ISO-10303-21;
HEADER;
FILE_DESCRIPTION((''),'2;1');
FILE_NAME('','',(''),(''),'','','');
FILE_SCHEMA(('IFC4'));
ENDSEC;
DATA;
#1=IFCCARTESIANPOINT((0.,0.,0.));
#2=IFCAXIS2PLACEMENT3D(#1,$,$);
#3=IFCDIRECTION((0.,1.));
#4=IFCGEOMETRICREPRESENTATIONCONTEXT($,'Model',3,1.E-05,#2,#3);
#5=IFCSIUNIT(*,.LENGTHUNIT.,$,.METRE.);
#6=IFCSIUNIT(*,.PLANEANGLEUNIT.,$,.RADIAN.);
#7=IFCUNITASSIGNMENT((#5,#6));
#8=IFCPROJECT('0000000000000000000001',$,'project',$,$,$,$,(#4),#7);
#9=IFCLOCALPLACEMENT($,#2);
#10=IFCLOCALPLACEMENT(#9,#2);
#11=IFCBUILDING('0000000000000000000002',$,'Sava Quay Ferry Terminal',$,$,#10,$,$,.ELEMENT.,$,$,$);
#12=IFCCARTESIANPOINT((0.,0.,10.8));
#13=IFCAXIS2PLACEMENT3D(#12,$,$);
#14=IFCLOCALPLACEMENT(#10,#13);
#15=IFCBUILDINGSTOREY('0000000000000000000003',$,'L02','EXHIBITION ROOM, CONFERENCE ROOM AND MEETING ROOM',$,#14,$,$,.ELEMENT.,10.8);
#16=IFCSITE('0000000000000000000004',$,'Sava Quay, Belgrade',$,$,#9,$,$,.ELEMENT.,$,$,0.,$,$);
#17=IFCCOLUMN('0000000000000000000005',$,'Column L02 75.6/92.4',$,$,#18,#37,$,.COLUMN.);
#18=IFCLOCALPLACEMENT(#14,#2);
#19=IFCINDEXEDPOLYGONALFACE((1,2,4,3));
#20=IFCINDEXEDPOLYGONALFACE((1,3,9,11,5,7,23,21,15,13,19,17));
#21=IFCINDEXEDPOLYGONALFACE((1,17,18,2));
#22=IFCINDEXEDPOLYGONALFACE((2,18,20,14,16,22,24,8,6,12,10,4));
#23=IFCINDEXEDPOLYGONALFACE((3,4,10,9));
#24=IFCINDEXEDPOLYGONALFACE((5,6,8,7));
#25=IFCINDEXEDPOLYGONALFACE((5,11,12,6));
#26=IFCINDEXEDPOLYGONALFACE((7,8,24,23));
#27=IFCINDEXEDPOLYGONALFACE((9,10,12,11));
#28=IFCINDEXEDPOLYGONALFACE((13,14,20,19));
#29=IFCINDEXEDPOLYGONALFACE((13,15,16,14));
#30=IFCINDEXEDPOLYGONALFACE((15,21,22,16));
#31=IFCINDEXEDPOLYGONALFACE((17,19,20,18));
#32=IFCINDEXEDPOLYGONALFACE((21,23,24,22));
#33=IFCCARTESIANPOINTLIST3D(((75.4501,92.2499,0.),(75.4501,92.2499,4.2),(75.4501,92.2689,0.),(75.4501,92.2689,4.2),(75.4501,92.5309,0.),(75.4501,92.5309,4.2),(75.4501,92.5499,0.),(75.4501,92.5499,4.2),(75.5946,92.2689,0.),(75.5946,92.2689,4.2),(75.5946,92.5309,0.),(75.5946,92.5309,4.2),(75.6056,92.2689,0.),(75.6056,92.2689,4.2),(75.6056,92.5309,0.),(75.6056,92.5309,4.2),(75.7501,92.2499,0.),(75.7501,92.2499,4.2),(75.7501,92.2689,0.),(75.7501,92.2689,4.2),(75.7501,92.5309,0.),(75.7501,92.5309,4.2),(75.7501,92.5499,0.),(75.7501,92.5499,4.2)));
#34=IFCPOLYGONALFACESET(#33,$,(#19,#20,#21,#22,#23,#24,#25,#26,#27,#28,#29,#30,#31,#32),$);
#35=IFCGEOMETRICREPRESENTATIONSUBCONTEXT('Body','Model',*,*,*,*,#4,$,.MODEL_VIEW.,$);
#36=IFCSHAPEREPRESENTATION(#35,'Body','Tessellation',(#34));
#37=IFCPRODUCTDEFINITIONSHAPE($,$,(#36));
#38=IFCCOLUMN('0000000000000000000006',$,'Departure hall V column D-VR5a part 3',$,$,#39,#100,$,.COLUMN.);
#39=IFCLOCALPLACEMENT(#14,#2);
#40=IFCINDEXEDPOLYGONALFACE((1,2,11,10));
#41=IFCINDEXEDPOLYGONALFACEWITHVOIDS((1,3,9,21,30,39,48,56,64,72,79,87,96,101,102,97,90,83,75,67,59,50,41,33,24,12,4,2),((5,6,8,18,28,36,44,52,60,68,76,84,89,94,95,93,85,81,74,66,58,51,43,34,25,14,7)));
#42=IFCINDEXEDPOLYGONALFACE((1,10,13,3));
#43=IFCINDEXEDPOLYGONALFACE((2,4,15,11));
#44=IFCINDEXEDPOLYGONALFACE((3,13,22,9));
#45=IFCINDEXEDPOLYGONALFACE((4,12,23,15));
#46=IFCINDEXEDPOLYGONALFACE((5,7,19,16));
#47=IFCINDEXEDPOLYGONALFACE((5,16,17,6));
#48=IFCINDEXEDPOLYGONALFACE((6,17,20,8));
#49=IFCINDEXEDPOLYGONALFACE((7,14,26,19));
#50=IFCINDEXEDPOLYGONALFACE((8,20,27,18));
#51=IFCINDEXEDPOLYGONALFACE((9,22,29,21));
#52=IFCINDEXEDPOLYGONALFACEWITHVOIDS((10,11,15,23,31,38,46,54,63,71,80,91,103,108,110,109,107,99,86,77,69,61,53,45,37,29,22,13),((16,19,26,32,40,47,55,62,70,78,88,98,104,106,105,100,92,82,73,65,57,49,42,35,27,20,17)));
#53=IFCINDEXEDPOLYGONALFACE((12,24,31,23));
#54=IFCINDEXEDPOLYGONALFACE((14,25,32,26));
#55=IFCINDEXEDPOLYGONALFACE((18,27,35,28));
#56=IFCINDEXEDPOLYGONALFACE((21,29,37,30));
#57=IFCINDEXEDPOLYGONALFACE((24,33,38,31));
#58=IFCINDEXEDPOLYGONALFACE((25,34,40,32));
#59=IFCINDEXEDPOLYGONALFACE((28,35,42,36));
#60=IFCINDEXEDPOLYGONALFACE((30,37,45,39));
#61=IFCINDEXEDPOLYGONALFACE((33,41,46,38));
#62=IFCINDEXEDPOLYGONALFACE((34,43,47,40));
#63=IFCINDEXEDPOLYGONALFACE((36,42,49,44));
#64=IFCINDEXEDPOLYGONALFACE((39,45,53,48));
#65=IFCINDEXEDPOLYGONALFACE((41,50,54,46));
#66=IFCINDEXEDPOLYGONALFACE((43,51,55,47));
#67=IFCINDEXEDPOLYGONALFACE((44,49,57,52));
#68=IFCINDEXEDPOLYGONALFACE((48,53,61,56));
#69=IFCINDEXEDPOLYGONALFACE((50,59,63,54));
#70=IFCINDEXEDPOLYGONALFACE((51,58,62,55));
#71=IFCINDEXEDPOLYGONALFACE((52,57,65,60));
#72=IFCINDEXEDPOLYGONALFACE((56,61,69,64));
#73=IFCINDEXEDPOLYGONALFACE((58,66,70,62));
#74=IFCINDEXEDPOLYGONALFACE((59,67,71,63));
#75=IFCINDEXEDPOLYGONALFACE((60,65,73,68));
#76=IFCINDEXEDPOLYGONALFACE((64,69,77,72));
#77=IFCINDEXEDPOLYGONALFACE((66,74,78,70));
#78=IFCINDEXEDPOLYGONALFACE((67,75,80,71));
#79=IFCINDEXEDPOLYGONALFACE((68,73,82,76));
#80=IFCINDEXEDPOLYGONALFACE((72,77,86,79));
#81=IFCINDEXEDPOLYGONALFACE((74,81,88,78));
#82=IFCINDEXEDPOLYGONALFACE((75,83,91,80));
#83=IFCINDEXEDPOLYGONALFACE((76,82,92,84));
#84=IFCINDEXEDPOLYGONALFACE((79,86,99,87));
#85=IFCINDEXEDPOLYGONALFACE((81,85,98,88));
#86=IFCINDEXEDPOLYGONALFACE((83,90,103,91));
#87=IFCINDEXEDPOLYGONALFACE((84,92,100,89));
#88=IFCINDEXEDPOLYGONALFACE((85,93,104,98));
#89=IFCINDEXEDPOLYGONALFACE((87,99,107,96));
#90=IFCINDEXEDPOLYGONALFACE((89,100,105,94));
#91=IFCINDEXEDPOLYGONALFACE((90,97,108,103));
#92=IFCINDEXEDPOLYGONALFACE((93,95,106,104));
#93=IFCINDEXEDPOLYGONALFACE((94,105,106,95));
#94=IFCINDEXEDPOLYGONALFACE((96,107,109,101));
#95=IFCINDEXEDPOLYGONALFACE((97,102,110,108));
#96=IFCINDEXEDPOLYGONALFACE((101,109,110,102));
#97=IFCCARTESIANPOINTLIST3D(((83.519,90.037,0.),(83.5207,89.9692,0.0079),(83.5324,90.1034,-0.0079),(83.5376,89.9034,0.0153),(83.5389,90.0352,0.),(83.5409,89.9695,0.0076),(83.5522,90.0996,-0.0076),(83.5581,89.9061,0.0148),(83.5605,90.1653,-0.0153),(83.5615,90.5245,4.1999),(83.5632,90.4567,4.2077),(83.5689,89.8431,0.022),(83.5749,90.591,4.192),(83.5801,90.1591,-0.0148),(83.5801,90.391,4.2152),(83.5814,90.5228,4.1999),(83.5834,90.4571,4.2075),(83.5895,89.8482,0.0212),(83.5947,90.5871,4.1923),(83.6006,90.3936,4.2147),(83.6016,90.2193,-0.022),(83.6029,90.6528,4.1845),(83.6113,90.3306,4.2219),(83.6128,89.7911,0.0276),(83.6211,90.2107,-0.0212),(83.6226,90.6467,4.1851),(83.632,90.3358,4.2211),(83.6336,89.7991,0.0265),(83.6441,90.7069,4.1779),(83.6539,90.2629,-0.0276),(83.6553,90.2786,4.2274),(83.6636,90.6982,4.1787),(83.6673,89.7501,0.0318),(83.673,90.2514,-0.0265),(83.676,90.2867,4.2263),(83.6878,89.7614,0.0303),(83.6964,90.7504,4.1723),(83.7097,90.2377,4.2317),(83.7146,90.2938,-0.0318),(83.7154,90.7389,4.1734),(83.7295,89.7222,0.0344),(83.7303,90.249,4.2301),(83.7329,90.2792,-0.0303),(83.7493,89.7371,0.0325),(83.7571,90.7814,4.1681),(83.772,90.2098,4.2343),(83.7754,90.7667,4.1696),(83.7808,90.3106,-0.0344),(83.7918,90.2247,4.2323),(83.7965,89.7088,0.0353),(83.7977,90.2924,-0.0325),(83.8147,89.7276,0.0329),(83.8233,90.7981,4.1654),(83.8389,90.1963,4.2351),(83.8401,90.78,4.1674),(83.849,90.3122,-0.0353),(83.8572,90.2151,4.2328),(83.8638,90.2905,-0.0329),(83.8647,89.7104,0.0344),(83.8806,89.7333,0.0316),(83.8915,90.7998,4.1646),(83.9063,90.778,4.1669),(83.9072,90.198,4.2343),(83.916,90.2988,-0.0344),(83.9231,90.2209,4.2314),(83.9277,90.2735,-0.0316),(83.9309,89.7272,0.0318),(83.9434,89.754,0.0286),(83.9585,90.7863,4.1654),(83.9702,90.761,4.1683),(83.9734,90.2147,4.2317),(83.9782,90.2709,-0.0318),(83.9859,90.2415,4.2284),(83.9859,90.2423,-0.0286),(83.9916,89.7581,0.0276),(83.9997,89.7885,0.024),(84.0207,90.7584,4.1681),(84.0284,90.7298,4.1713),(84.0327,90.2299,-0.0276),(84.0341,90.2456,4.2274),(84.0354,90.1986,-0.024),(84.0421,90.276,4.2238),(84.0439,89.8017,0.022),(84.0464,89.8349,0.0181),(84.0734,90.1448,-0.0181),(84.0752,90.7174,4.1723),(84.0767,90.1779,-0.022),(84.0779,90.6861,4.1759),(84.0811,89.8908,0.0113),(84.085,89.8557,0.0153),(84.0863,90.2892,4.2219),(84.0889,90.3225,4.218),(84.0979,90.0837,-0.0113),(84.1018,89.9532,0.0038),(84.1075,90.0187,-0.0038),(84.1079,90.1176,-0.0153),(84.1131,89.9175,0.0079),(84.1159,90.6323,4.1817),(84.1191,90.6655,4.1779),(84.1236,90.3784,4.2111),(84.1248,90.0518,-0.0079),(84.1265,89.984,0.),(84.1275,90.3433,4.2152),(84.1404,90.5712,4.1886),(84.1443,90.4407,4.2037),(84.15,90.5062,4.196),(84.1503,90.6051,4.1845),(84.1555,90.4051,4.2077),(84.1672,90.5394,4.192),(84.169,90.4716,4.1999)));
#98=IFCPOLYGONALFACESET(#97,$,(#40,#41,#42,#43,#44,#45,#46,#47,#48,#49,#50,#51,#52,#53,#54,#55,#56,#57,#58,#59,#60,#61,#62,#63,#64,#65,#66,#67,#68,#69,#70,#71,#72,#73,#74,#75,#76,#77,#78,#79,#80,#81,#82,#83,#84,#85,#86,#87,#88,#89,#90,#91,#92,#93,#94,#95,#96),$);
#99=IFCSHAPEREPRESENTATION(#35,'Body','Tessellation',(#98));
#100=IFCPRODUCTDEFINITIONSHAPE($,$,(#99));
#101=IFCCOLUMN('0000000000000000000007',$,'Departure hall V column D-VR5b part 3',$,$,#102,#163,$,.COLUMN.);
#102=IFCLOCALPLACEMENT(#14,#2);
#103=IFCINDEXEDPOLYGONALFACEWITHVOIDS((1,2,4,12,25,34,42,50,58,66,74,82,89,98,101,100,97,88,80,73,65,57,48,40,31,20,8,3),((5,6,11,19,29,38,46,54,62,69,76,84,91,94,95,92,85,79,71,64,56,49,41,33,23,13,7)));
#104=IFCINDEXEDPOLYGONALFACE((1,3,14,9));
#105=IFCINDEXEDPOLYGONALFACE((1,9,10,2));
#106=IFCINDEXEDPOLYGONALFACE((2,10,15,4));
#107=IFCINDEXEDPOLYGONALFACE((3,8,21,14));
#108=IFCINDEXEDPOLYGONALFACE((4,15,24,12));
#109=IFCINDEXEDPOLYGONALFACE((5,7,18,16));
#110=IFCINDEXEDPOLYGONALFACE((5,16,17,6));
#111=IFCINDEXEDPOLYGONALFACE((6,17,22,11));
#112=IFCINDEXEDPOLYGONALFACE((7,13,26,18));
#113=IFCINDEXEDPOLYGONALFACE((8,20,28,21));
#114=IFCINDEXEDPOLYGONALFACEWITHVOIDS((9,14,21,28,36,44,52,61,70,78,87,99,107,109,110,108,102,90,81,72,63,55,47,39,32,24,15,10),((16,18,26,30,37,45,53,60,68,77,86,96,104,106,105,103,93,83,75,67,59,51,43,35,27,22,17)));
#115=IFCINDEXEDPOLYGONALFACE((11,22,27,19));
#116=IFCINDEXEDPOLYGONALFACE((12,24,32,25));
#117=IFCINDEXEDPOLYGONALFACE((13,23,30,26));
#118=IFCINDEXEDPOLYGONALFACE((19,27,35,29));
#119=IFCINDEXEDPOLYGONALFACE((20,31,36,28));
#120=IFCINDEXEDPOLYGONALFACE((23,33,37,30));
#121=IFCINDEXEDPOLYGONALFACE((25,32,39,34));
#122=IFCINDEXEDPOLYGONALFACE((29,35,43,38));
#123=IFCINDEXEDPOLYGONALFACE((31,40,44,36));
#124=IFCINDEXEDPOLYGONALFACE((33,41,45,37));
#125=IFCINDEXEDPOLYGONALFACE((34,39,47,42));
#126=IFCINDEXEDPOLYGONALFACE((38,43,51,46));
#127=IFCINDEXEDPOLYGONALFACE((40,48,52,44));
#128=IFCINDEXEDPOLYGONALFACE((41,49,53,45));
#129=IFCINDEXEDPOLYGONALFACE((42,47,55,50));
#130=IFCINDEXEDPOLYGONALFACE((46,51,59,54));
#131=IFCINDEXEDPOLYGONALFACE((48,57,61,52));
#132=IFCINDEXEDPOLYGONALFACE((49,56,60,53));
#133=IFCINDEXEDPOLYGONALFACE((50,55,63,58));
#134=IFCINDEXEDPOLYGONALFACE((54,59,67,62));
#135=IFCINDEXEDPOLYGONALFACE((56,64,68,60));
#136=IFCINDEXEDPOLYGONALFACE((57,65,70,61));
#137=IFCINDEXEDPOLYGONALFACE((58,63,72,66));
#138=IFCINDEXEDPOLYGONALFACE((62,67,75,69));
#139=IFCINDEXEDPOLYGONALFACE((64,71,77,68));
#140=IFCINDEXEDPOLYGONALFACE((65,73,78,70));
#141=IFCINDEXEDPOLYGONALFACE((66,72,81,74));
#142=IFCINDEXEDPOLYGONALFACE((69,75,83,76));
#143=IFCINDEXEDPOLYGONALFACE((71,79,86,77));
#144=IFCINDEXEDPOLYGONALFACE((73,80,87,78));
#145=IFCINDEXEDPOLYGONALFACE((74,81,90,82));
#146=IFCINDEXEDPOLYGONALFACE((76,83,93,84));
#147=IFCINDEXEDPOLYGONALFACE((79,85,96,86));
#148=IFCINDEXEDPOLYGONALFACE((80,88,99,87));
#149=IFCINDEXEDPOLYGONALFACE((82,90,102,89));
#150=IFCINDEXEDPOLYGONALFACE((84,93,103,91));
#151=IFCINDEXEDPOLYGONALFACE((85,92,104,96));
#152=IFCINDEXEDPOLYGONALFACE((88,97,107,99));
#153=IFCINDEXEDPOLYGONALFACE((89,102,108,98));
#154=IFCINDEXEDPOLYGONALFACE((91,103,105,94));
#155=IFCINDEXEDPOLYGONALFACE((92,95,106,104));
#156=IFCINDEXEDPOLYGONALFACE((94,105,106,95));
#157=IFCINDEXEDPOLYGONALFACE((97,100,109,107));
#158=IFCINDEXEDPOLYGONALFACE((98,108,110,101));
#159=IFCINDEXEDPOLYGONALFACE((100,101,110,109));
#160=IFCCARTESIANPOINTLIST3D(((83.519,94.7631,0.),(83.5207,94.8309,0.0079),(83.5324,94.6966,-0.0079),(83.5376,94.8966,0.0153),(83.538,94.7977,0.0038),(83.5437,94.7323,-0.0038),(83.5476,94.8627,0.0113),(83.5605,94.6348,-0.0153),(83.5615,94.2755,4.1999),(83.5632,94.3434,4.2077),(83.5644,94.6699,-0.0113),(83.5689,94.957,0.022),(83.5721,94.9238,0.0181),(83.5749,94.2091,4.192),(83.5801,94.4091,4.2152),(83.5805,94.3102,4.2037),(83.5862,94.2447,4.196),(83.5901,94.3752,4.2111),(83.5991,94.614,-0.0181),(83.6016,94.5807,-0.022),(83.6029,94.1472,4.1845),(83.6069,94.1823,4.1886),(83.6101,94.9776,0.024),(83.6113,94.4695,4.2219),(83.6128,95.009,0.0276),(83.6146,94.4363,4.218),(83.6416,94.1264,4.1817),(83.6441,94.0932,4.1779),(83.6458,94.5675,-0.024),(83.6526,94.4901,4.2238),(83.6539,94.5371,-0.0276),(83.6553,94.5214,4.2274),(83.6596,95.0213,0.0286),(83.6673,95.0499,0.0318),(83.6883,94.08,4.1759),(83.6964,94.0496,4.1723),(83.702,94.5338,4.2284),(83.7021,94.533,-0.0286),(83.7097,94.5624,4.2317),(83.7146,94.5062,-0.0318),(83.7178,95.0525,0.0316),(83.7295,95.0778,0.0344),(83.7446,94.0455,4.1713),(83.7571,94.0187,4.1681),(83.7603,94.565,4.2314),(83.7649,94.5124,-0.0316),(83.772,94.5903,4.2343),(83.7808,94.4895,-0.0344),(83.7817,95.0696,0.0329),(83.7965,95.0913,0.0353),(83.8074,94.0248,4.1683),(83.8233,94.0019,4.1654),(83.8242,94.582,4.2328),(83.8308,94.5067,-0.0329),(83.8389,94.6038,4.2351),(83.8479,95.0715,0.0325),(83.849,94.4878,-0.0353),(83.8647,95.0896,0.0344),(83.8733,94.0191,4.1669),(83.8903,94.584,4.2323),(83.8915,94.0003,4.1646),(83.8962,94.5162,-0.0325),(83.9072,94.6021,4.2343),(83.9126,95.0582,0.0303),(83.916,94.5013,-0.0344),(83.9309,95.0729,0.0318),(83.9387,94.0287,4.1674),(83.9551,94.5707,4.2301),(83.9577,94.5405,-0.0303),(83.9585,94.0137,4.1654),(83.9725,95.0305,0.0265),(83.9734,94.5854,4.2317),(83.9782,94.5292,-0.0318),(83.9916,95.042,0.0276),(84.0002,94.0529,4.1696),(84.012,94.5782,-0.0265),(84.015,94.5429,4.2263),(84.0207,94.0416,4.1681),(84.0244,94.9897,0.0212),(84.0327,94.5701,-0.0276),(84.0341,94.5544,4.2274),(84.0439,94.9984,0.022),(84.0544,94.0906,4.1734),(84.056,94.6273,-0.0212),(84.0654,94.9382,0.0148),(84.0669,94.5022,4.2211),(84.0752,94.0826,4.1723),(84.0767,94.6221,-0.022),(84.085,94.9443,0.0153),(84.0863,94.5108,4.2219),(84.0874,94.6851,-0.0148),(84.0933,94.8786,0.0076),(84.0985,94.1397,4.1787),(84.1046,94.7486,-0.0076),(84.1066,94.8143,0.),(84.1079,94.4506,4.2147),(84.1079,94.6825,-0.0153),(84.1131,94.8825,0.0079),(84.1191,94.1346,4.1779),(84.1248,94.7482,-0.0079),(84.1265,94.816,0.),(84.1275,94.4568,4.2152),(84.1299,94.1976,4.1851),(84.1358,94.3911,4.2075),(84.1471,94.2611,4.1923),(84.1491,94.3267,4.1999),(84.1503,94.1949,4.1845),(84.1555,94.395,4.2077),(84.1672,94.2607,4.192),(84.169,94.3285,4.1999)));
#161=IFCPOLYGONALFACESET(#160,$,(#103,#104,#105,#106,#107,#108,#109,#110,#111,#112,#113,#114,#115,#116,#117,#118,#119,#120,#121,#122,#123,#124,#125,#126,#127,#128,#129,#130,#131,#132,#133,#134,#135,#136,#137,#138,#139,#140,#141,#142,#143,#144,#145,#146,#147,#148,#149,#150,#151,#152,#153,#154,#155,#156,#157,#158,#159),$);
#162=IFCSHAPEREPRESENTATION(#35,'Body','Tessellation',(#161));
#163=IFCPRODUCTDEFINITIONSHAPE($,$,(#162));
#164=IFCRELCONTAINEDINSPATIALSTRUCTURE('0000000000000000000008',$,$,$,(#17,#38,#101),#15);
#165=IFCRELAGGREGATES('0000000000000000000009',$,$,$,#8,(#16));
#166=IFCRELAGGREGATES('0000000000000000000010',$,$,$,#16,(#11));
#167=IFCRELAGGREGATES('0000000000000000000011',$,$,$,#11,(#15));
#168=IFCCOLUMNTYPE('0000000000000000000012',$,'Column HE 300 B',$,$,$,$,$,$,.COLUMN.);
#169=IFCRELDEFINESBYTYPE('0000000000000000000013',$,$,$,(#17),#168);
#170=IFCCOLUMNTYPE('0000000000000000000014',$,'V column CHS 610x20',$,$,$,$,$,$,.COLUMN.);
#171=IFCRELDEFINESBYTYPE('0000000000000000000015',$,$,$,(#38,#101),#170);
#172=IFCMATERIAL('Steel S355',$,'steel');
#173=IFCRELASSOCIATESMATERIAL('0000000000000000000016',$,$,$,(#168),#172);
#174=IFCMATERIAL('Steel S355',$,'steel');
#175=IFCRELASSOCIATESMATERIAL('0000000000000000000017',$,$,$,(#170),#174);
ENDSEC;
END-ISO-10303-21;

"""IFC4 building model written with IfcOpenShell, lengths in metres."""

from ifc_helpers import new_model, si_unit, direction, frame, origin, origin_2d, place, context, subcontext, project, spatial, hollow_circle, i_section, extrude, material, material_profile, profile_set, type_object, element, save


model = new_model("IFC4")

# Units and contexts
model_context = context("Model", 3, precision=1e-05, world=origin(), true_north=direction((0.0, 1.0)))
body_context = subcontext(model_context, "Body", "Model", "MODEL_VIEW")
ifc_project = project(units=[si_unit("LENGTHUNIT", "METRE"), si_unit("PLANEANGLEUNIT", "RADIAN")], contexts=[model_context])

# Site, building, storey
site_placement = place(None, origin())
site = spatial("IfcSite", under=ifc_project, at=site_placement, Name="Sava Quay, Belgrade", CompositionType="ELEMENT", RefElevation=0.0)
building_placement = place(site_placement, origin())
building = spatial("IfcBuilding", under=site, at=building_placement, Name="Sava Quay Ferry Terminal", CompositionType="ELEMENT")
storey_placement = place(building_placement, frame((0.0, 0.0, 10.8)))
storey = spatial("IfcBuildingStorey", under=building, at=storey_placement, Name="L02", Description="EXHIBITION ROOM, CONFERENCE ROOM AND MEETING ROOM", CompositionType="ELEMENT", Elevation=10.8)

# Columns
ifc_material_1 = material(Name="Steel S355", Category="steel")
ifc_material_profile_1 = material_profile(ifc_material_1, i_section(OverallWidth=0.3, OverallDepth=0.3, WebThickness=0.011, FlangeThickness=0.019, at=origin_2d()), Name="HE 300 B")
ifc_profile_set_1 = profile_set([ifc_material_profile_1], Name="Steel S355")
column_type_1 = type_object("IfcColumnType", Name="Column HE 300 B", PredefinedType="COLUMN", material=ifc_profile_set_1)
column_1_placement = place(storey_placement, frame((75.6001, 92.3999, 0.0), z_axis=(0.0, 0.0, 1.0), x_axis=(1.0, 0.0, 0.0)))
element("IfcColumn", 1, at=column_1_placement, inside=storey, type_object=column_type_1, Name="Column L02 75.6/92.4", PredefinedType="COLUMN", context=body_context, shape_type="SweptSolid", body=[
    extrude(i_section(OverallWidth=0.3, OverallDepth=0.3, WebThickness=0.011, FlangeThickness=0.019, at=origin_2d()), origin(), (0.0, 0.0, 1.0), 4.2),
])
ifc_material_2 = material(Name="Steel S355", Category="steel")
ifc_material_profile_2 = material_profile(ifc_material_2, hollow_circle(Radius=0.3049, WallThickness=0.02, at=origin_2d()), Name="CHS 610 x 20.0")
ifc_profile_set_2 = profile_set([ifc_material_profile_2], Name="Steel S355")
column_type_2 = type_object("IfcColumnType", Name="V column CHS 610x20", PredefinedType="COLUMN", material=ifc_profile_set_2)
for number, where, z_axis, x_axis, name in (
    (2, (83.8228, 90.0105, 0.0), (0.010047, 0.115304, 0.993279), (-0.996226, 0.086802, 0.0), "Departure hall V column D-VR5a part 3"),
    (3, (83.8228, 94.7896, 0.0), (0.010047, -0.115304, 0.993279), (0.996226, 0.086802, 0.0), "Departure hall V column D-VR5b part 3"),
):
    element("IfcColumn", number, at=place(storey_placement, frame(where, z_axis=z_axis, x_axis=x_axis)), inside=storey, type_object=column_type_2, Name=name, PredefinedType="COLUMN", context=body_context, shape_type="SweptSolid", body=[
        extrude(hollow_circle(Radius=0.3049, WallThickness=0.02, at=origin_2d()), origin(), (0.0, 0.0, 1.0), 4.2283),
    ])

save(model, "model.ifc")
